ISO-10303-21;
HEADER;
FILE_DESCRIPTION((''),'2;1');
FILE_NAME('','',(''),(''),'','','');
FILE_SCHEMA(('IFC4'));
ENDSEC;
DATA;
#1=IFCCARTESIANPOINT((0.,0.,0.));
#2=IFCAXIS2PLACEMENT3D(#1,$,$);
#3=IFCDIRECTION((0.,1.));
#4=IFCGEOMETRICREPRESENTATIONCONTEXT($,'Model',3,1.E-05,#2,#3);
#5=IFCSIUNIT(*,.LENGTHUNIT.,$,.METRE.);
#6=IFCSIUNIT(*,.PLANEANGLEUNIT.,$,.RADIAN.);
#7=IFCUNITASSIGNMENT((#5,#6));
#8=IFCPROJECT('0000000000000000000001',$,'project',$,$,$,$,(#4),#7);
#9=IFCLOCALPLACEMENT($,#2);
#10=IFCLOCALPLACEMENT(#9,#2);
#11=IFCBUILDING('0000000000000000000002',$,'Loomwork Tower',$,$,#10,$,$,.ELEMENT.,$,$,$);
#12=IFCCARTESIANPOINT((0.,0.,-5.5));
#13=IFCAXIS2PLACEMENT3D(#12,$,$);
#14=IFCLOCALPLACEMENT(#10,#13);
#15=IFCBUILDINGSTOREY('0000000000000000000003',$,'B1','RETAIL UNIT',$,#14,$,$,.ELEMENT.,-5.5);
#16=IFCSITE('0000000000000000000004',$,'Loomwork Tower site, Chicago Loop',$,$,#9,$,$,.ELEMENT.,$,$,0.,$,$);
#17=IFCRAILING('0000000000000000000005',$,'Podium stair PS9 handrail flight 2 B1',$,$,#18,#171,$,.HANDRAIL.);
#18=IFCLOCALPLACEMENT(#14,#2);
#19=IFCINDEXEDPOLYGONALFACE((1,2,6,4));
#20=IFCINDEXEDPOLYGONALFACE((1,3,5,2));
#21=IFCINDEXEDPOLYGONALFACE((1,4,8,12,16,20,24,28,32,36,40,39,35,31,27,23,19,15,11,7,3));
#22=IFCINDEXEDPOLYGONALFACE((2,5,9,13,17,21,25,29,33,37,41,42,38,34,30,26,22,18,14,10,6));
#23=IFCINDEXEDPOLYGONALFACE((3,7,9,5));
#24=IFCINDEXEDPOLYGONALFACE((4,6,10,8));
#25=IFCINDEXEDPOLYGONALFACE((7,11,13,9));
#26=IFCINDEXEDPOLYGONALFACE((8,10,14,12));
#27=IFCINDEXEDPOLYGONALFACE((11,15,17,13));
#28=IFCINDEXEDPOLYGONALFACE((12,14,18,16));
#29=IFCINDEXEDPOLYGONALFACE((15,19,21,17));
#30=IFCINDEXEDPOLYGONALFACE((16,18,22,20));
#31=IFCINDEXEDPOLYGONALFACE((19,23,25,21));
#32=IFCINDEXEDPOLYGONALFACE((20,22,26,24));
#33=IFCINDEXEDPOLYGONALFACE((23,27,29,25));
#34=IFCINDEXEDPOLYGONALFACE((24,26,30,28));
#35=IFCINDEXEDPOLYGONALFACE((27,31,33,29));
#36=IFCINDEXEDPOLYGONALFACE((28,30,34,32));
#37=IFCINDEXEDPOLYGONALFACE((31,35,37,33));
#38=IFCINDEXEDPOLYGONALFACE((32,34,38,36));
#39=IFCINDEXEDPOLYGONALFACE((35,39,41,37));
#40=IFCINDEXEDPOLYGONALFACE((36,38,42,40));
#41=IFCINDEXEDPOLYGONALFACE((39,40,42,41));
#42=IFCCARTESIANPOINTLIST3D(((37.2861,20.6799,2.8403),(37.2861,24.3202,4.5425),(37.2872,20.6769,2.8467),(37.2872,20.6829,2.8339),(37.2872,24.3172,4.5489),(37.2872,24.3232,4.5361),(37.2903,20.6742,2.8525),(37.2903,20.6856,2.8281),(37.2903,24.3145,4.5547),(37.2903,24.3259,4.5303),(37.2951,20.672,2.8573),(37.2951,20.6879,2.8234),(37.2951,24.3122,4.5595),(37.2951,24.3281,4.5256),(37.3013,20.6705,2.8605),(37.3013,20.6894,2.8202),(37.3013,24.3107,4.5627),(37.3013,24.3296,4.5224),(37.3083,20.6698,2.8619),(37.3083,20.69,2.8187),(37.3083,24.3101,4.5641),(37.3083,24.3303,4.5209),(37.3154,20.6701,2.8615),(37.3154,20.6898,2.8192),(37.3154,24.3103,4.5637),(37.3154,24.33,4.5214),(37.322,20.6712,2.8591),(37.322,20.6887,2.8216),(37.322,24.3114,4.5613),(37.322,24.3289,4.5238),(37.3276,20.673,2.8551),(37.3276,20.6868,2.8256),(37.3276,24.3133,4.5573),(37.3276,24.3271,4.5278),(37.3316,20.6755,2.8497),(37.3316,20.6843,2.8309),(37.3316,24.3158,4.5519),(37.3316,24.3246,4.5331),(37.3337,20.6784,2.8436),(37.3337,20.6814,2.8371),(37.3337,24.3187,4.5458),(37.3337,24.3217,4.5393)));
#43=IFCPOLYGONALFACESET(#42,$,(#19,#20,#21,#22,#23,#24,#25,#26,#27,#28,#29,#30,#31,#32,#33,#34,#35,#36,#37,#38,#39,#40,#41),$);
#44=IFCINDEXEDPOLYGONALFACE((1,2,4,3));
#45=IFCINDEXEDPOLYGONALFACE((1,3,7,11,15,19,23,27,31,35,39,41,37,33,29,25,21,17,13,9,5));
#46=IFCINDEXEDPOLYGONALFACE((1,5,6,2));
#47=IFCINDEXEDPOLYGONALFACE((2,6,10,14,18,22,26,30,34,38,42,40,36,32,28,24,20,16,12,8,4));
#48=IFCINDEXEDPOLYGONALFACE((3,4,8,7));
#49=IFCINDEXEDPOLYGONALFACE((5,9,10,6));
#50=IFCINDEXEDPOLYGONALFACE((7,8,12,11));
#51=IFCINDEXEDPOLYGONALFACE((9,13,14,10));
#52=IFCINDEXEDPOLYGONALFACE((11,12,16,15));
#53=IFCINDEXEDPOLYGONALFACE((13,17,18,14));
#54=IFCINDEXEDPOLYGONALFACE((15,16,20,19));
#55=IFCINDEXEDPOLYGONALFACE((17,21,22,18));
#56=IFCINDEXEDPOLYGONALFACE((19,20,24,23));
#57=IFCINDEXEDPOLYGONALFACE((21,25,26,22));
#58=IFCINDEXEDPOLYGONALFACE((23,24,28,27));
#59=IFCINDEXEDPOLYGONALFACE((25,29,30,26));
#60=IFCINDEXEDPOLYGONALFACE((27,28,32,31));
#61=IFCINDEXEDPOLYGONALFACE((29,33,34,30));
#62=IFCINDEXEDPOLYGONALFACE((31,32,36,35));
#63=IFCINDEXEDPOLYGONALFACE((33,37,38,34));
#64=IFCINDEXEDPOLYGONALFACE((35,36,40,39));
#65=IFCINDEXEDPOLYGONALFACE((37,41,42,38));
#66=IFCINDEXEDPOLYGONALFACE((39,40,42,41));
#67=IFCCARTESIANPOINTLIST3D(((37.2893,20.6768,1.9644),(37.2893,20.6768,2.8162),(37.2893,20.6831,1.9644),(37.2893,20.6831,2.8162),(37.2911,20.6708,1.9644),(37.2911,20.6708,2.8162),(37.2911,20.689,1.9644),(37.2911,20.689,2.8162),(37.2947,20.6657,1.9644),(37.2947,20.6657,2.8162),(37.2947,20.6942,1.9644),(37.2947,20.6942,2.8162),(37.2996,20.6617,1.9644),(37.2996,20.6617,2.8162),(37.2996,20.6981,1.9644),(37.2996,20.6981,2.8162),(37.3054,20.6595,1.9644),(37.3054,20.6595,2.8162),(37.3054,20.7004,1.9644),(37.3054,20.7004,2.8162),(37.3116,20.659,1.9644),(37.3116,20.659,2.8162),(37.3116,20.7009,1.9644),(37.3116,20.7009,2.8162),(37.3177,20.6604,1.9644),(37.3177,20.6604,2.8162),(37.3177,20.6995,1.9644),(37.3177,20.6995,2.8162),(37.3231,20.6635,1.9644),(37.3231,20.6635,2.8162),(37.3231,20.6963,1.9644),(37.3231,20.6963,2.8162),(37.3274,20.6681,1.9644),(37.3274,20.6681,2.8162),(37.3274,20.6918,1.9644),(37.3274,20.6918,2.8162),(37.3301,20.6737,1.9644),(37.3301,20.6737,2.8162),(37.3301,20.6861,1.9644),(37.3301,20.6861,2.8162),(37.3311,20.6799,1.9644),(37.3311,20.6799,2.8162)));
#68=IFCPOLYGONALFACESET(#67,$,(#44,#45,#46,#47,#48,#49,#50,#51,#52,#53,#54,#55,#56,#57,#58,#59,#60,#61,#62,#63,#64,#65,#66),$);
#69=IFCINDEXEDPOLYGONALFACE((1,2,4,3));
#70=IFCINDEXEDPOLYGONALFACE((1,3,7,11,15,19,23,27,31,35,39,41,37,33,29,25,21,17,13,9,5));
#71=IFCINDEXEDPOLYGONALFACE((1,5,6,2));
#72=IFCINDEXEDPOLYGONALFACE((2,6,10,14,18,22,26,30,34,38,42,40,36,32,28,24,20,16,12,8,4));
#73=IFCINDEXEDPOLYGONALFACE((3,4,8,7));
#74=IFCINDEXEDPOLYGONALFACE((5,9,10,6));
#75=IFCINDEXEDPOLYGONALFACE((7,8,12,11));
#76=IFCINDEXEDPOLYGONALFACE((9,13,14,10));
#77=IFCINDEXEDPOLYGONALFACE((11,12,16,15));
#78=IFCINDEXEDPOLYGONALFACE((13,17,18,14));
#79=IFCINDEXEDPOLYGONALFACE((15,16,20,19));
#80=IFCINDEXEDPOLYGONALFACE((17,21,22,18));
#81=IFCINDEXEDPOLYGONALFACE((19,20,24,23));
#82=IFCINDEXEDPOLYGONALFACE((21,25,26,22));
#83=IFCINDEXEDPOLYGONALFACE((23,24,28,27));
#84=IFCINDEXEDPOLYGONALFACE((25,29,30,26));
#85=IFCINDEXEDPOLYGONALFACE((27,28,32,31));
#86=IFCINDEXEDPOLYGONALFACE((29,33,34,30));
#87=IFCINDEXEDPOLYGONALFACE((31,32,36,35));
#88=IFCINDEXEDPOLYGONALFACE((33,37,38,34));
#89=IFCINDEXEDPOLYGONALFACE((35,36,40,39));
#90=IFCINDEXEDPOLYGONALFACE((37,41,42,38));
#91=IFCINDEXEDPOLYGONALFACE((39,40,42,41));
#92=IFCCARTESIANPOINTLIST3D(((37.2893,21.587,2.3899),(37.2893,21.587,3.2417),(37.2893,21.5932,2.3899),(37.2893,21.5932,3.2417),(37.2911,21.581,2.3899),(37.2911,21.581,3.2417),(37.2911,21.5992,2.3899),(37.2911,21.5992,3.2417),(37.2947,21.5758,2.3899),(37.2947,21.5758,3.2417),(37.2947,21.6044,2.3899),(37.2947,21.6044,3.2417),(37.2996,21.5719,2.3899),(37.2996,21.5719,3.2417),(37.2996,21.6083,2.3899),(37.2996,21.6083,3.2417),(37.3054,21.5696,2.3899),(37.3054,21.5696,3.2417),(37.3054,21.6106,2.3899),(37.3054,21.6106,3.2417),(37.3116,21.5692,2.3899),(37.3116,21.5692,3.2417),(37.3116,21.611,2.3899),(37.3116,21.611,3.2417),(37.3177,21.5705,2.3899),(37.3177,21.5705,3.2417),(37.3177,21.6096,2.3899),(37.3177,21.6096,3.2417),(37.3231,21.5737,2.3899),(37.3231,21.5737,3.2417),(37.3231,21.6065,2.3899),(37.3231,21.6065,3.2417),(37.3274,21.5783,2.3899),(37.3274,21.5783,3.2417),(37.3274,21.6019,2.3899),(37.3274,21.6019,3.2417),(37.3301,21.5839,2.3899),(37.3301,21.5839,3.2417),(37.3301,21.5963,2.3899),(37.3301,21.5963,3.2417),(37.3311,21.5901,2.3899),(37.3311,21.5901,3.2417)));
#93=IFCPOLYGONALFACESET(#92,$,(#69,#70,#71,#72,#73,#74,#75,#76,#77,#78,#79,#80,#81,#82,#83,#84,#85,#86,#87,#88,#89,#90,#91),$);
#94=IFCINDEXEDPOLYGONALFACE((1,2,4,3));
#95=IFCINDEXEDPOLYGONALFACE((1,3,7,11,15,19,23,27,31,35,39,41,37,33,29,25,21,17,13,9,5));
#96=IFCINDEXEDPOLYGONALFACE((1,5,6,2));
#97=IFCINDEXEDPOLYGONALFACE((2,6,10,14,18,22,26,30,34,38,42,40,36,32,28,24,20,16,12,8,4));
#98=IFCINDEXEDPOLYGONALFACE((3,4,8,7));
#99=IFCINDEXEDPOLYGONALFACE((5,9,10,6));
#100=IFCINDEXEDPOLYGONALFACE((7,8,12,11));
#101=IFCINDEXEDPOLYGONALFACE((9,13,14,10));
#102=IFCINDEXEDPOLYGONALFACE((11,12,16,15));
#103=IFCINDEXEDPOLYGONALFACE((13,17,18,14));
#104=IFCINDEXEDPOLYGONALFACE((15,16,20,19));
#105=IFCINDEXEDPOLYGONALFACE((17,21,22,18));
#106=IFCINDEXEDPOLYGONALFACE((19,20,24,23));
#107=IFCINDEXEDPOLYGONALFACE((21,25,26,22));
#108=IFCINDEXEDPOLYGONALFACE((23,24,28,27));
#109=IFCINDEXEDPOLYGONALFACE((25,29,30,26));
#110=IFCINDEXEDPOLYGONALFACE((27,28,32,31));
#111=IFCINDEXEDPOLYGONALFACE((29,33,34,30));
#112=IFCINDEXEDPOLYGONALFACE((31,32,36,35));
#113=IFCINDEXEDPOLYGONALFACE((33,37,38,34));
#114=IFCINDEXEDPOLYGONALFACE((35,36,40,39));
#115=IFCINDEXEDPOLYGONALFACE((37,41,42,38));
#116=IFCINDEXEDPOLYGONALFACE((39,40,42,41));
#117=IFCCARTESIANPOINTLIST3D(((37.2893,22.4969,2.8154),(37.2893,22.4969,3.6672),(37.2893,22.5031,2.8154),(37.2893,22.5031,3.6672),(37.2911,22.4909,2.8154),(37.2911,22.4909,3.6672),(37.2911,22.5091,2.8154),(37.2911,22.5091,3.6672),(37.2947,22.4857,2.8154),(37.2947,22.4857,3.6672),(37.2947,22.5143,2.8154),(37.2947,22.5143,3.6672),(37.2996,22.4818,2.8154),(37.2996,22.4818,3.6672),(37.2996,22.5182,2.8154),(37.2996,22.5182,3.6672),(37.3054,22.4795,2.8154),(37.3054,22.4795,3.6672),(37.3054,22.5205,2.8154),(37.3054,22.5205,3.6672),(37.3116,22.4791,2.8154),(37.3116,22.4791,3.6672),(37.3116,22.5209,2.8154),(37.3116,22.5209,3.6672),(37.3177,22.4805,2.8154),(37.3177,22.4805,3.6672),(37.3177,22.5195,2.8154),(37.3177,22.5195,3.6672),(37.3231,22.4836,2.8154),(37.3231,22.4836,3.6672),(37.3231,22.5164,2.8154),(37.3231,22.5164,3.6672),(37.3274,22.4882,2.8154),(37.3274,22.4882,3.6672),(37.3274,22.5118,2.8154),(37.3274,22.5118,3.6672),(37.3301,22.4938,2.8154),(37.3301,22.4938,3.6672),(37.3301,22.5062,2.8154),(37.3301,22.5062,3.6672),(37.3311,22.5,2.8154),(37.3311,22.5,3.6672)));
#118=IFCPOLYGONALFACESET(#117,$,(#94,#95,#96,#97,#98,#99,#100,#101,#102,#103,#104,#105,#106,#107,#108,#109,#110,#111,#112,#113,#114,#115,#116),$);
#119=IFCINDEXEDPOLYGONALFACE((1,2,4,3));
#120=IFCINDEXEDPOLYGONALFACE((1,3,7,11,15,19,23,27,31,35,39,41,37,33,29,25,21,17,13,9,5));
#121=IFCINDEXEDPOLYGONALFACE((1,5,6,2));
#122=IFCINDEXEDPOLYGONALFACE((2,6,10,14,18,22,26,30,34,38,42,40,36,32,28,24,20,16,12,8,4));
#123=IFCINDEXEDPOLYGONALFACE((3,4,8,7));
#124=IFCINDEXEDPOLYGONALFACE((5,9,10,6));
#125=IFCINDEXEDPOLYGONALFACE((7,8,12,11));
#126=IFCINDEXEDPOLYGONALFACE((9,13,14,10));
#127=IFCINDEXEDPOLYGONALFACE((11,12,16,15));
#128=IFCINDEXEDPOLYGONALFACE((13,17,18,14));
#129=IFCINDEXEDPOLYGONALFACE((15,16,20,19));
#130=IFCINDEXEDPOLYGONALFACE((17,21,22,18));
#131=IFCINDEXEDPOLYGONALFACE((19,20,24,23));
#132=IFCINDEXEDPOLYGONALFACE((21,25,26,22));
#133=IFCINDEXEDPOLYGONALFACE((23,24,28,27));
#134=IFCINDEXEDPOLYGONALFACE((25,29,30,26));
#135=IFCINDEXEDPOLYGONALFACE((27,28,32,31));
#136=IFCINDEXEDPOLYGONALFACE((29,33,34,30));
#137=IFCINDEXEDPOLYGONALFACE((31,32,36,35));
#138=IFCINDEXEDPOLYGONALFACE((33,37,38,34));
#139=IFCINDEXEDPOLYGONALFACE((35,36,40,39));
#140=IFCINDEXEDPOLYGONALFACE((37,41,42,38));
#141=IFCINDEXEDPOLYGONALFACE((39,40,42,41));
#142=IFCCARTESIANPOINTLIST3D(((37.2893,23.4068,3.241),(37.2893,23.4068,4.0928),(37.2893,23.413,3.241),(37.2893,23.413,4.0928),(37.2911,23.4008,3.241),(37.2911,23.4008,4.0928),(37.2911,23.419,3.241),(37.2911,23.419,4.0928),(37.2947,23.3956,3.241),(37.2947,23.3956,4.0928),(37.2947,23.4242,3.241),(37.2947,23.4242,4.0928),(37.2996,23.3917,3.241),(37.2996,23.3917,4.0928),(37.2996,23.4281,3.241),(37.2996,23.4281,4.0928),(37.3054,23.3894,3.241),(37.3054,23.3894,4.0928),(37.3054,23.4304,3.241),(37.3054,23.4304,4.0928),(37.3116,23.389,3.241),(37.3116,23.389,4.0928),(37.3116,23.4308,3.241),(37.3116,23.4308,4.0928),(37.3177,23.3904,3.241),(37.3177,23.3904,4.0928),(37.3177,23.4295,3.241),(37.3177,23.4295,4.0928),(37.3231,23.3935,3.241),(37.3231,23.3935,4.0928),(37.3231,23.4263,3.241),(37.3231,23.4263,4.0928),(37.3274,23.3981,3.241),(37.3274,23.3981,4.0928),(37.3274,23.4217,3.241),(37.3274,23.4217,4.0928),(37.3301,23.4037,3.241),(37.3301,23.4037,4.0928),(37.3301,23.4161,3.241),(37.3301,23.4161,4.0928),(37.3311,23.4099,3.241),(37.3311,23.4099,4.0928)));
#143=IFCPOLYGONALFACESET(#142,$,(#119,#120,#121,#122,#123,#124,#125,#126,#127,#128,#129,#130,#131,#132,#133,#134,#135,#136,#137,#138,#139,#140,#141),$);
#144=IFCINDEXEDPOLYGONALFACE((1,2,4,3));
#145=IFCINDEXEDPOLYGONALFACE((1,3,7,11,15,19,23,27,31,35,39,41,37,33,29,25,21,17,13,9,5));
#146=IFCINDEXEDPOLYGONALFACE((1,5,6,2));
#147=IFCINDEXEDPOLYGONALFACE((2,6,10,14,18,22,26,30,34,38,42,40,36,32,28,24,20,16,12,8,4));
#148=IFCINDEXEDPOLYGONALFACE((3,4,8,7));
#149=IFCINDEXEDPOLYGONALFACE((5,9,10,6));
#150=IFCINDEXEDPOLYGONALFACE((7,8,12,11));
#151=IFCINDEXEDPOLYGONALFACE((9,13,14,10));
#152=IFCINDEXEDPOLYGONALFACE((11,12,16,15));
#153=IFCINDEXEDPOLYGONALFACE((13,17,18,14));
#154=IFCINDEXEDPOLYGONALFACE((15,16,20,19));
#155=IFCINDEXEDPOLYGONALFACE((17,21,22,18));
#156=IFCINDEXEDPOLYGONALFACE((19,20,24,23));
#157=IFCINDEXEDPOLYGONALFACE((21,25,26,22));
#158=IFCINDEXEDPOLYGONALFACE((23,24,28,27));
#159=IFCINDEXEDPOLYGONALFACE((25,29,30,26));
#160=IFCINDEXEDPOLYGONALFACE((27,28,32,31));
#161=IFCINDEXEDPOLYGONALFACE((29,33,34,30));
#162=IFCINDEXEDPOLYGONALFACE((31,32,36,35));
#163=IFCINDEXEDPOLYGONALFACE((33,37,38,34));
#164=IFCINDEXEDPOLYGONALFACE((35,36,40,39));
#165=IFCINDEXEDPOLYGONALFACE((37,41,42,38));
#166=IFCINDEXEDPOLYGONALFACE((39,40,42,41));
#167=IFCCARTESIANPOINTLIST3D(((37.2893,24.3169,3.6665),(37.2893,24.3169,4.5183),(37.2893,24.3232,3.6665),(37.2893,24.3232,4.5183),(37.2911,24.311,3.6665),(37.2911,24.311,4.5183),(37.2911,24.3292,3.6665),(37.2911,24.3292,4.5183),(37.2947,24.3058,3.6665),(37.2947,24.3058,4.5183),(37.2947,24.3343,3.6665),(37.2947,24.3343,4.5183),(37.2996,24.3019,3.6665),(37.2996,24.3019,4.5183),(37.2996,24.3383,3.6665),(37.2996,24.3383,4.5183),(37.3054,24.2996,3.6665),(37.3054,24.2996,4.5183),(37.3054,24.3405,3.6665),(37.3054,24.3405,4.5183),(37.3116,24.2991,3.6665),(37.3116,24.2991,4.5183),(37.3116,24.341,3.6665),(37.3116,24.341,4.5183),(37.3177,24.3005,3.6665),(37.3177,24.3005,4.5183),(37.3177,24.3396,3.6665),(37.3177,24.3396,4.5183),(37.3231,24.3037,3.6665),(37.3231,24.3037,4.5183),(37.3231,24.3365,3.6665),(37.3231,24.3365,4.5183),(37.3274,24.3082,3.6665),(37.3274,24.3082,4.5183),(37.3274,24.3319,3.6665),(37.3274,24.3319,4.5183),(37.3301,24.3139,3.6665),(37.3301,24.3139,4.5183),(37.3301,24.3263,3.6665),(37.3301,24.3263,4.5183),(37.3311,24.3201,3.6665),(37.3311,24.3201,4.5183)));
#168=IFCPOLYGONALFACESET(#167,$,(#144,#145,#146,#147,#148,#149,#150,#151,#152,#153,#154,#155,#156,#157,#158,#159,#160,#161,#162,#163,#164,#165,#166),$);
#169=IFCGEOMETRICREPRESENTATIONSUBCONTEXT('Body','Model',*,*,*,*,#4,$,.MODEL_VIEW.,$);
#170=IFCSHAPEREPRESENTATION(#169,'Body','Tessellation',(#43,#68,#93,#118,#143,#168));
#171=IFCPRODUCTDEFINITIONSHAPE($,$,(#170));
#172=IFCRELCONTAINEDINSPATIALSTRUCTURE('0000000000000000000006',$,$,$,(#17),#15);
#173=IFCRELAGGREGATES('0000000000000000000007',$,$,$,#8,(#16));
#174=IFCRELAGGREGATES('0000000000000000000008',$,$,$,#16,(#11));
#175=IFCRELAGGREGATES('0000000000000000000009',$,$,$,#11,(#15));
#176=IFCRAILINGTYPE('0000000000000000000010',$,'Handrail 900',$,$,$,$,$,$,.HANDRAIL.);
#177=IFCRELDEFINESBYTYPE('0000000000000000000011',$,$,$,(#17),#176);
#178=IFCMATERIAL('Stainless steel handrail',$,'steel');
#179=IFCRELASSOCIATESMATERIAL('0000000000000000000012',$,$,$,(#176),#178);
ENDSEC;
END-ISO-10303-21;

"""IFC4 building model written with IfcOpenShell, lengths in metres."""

from ifc_helpers import new_model, si_unit, direction, frame, origin, origin_2d, place, context, subcontext, project, spatial, circle, extrude, material, type_object, element, save


model = new_model("IFC4")

# Units and contexts
model_context = context("Model", 3, precision=1e-05, world=origin(), true_north=direction((0.0, 1.0)))
body_context = subcontext(model_context, "Body", "Model", "MODEL_VIEW")
ifc_project = project(units=[si_unit("LENGTHUNIT", "METRE"), si_unit("PLANEANGLEUNIT", "RADIAN")], contexts=[model_context])

# Site, building, storey
site_placement = place(None, origin())
site = spatial("IfcSite", under=ifc_project, at=site_placement, Name="Loomwork Tower site, Chicago Loop", CompositionType="ELEMENT", RefElevation=0.0)
building_placement = place(site_placement, origin())
building = spatial("IfcBuilding", under=site, at=building_placement, Name="Loomwork Tower", CompositionType="ELEMENT")
storey_placement = place(building_placement, frame((0.0, 0.0, -5.5)))
storey = spatial("IfcBuildingStorey", under=building, at=storey_placement, Name="B1", Description="RETAIL UNIT", CompositionType="ELEMENT", Elevation=-5.5)

# Railing
ifc_material_1 = material(Name="Stainless steel handrail", Category="steel")
railing_type = type_object("IfcRailingType", Name="Handrail 900", PredefinedType="HANDRAIL", material=ifc_material_1)
railing_1_placement = place(storey_placement, frame((37.3101, 20.6799, 1.9644)))
element("IfcRailing", 1, at=railing_1_placement, inside=storey, type_object=railing_type, Name="Podium stair PS9 handrail flight 2 B1", PredefinedType="HANDRAIL", context=body_context, shape_type="SweptSolid", body=[
    extrude(circle(Radius=0.0239, at=origin_2d()), frame((0.0, 0.0, 0.876), z_axis=(0.0, 0.905857, 0.423584), x_axis=(-1.0, 0.0, 0.0)), (0.0, 0.0, 1.0), 4.0186),
    extrude(circle(Radius=0.021, at=origin_2d()), origin(), (0.0, 0.0, 1.0), 0.8518),
    extrude(circle(Radius=0.021, at=origin_2d()), frame((0.0, 0.9102, 0.4255)), (0.0, 0.0, 1.0), 0.8518),
    extrude(circle(Radius=0.021, at=origin_2d()), frame((0.0, 1.8201, 0.8511)), (0.0, 0.0, 1.0), 0.8518),
    extrude(circle(Radius=0.021, at=origin_2d()), frame((0.0, 2.73, 1.2766)), (0.0, 0.0, 1.0), 0.8518),
    extrude(circle(Radius=0.021, at=origin_2d()), frame((0.0, 3.6401, 1.7021)), (0.0, 0.0, 1.0), 0.8518),
])

save(model, "model.ifc")
